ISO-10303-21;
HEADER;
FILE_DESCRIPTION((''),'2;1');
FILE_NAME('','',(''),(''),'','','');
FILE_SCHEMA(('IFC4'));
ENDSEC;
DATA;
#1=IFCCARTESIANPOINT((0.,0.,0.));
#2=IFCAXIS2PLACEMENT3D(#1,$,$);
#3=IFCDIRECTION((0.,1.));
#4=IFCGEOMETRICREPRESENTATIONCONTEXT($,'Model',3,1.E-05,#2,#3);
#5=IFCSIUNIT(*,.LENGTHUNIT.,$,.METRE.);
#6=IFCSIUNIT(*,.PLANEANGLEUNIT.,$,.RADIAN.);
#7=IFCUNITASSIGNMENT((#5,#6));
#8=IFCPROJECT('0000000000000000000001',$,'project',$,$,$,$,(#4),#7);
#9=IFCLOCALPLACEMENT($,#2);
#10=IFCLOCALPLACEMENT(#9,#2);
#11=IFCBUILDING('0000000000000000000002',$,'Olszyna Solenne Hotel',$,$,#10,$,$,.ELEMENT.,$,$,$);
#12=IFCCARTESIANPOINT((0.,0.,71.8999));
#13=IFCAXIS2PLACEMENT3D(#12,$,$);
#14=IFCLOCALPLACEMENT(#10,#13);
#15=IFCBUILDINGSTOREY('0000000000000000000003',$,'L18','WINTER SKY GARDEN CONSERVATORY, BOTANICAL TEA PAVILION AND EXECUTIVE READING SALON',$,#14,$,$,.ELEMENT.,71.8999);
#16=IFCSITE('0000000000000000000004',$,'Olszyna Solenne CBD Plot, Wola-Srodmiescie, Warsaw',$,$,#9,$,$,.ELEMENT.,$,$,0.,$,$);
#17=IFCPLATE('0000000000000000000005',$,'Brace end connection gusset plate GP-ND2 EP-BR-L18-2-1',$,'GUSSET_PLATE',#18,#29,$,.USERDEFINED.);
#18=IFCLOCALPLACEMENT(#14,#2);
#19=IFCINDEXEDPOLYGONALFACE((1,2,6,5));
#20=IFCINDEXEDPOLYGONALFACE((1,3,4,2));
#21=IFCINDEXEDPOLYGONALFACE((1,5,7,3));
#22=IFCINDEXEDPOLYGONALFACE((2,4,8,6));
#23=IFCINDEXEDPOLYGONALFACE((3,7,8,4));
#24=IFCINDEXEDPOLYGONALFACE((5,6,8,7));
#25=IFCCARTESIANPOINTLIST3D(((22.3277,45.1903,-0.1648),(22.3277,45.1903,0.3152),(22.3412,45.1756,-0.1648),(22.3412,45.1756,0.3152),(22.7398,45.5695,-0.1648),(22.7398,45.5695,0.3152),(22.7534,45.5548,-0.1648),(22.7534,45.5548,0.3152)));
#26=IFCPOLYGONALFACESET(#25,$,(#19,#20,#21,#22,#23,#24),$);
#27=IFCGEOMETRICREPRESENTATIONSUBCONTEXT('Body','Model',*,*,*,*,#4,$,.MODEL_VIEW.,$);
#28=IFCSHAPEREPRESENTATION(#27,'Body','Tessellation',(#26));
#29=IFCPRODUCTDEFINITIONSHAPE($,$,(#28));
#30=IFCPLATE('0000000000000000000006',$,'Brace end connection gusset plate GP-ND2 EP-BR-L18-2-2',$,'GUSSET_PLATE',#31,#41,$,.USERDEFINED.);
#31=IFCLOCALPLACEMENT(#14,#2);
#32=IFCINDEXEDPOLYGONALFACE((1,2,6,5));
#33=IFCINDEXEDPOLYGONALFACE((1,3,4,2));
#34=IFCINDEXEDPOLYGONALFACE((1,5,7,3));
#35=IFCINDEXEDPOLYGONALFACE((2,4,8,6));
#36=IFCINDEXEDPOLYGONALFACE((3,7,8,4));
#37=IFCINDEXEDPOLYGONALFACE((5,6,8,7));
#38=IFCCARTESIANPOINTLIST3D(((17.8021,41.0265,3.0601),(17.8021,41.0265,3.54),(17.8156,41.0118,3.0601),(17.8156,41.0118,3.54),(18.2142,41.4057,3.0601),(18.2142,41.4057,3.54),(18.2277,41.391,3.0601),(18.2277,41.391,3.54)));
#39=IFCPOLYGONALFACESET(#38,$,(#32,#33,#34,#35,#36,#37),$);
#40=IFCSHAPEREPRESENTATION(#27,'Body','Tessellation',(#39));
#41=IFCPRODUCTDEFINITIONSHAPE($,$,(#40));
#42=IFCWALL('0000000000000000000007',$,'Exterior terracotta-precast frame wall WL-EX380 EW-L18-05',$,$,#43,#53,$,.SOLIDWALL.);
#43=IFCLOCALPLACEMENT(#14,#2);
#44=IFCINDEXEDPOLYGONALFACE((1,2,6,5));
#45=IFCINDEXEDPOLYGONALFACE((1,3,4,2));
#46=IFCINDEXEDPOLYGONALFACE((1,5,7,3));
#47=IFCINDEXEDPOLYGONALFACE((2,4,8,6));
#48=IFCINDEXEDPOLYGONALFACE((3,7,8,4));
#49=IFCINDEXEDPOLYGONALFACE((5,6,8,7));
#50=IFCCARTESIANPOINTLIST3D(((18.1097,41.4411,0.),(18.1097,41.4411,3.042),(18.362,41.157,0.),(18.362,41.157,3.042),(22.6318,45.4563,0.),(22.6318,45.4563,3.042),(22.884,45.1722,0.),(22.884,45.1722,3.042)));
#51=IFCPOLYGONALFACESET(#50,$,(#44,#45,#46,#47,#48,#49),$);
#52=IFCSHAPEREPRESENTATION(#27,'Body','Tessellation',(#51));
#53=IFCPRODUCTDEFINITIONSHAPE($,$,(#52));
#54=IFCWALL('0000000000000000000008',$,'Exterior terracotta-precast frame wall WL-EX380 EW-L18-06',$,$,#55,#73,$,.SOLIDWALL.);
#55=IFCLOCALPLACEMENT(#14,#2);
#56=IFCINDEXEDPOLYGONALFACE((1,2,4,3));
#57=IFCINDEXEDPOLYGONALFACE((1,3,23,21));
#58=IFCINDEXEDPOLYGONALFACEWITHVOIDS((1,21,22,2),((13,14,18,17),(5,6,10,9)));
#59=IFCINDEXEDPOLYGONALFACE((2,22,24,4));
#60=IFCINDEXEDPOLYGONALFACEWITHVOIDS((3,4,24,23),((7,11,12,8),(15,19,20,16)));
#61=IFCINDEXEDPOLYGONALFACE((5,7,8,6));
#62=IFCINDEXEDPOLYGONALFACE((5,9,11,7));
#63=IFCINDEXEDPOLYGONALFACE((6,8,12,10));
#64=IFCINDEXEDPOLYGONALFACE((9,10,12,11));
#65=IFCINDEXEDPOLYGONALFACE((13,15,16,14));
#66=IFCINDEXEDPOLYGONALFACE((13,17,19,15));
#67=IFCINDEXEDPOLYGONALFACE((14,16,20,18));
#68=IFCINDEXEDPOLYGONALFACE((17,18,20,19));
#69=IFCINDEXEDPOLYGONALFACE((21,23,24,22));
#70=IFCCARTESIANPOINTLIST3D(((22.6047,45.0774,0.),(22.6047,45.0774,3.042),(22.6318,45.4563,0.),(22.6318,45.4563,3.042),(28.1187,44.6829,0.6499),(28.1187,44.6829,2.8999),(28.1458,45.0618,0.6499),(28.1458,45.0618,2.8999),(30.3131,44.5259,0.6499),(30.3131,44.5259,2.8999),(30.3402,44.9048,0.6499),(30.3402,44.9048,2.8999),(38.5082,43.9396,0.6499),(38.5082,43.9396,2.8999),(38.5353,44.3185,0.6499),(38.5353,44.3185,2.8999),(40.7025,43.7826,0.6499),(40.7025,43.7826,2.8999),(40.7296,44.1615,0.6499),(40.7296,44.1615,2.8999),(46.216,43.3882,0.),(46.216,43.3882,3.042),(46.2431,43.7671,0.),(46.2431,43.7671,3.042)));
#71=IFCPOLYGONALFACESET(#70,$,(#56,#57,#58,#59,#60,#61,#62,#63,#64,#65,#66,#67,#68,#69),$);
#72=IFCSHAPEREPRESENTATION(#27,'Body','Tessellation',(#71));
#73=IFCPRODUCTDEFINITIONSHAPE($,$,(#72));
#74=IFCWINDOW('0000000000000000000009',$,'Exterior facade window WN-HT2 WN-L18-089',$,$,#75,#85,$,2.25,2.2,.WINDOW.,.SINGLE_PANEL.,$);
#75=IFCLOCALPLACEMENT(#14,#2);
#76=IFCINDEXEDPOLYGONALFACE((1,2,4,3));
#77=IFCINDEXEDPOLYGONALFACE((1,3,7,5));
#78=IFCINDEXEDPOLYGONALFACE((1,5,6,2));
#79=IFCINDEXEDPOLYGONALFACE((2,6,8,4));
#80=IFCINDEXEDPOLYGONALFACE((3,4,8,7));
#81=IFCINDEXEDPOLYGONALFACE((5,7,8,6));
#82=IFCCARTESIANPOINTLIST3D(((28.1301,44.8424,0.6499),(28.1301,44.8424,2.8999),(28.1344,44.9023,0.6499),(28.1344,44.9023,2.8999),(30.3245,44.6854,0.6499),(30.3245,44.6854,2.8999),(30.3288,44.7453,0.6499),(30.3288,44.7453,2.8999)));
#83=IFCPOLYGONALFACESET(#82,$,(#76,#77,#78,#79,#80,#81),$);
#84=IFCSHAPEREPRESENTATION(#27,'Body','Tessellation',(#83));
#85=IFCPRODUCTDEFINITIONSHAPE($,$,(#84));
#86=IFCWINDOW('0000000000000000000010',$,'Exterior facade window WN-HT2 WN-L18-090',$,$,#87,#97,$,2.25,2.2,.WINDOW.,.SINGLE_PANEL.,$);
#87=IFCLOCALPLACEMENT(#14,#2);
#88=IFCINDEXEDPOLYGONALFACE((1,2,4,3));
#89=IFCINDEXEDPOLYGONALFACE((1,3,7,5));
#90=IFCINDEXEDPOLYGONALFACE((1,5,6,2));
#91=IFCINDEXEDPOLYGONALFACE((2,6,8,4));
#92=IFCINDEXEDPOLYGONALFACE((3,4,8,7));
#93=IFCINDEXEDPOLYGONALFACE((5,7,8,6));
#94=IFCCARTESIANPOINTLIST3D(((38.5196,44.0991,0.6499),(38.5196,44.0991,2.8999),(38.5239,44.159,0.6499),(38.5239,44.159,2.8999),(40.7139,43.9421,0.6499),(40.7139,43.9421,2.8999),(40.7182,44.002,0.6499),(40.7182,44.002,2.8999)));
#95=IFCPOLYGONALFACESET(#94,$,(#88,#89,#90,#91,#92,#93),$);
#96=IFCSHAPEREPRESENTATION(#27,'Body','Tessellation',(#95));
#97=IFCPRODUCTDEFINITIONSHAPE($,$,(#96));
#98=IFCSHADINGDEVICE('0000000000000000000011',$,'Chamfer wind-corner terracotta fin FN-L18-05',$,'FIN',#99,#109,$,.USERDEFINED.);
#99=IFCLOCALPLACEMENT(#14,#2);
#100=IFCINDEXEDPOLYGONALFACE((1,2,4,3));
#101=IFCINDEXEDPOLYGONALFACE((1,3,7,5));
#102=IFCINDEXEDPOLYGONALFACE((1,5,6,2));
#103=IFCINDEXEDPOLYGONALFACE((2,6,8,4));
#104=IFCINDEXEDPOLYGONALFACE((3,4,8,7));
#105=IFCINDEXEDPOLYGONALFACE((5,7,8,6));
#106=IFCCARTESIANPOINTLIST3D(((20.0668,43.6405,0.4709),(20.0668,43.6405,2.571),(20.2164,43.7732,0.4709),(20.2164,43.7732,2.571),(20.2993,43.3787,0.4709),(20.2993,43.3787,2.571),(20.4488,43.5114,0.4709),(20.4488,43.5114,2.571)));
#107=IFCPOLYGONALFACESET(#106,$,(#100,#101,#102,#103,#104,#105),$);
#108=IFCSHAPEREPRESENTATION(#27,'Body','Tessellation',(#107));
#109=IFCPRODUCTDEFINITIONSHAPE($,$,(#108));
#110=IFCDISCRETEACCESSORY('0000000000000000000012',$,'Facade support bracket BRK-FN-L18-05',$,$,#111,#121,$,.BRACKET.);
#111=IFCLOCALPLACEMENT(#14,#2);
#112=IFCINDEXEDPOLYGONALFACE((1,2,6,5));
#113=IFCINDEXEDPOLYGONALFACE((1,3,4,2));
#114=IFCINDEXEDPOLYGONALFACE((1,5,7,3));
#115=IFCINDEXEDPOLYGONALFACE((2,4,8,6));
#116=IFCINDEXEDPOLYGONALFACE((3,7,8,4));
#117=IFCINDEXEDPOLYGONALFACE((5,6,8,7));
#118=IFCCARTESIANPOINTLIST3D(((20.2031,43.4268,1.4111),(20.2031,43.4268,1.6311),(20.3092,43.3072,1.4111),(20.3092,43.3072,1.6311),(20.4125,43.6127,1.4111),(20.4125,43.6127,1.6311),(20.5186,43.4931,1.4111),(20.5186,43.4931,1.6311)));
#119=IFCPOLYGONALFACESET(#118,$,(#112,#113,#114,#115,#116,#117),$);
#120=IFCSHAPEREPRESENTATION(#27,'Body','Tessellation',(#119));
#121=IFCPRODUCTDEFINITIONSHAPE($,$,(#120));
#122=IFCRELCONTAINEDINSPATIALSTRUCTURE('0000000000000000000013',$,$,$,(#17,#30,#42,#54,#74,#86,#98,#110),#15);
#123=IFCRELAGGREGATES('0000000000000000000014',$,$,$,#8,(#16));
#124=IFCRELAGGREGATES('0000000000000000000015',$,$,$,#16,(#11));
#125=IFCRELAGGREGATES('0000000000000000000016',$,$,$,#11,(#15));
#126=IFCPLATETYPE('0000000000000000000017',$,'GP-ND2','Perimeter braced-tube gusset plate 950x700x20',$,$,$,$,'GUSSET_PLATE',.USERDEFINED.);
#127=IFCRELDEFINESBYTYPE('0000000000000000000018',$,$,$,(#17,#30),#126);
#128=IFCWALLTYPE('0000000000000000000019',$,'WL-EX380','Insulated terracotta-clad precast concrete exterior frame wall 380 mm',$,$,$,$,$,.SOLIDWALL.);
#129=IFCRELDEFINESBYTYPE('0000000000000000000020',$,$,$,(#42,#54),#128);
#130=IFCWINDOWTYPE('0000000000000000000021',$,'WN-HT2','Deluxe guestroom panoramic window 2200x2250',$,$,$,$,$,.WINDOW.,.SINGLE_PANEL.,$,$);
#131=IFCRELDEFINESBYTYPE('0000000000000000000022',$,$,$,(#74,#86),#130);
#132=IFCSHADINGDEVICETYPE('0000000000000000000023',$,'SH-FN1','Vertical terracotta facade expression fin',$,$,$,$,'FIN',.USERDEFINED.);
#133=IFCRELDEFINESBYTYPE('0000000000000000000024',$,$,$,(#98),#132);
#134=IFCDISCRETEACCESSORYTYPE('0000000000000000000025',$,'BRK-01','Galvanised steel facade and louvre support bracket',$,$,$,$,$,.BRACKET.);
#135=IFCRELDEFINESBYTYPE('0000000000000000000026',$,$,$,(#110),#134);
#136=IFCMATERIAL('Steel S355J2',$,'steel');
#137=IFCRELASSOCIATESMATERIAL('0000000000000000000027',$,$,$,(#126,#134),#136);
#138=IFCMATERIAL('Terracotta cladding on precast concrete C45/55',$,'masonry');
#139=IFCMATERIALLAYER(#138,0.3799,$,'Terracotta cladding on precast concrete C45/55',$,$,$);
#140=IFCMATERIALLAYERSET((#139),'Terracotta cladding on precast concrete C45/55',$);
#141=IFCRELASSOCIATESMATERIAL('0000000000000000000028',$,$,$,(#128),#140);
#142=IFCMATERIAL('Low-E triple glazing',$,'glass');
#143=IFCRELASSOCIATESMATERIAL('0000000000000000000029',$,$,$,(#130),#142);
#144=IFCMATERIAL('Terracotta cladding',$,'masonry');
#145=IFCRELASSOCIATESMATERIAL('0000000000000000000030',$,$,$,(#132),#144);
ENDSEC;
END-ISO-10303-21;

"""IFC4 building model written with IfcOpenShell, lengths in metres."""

from ifc_helpers import new_model, si_unit, direction, frame, frame_2d, origin, origin_2d, place, context, subcontext, project, spatial, rectangle, extrude, source, transform, mapped, material, layer, layer_set, type_object, type_shapes, element, fill, save


model = new_model("IFC4")

# Units and contexts
model_context = context("Model", 3, precision=1e-05, world=origin(), true_north=direction((0.0, 1.0)))
body_context = subcontext(model_context, "Body", "Model", "MODEL_VIEW")
ifc_project = project(units=[si_unit("LENGTHUNIT", "METRE"), si_unit("PLANEANGLEUNIT", "RADIAN")], contexts=[model_context])

# Site, building, storey
site_placement = place(None, origin())
site = spatial("IfcSite", under=ifc_project, at=site_placement, Name="Olszyna Solenne CBD Plot, Wola-Srodmiescie, Warsaw", CompositionType="ELEMENT", RefElevation=0.0)
building_placement = place(site_placement, origin())
building = spatial("IfcBuilding", under=site, at=building_placement, Name="Olszyna Solenne Hotel", CompositionType="ELEMENT")
storey_placement = place(building_placement, frame((0.0, 0.0, 71.8999)))
storey = spatial("IfcBuildingStorey", under=building, at=storey_placement, Name="L18", Description="WINTER SKY GARDEN CONSERVATORY, BOTANICAL TEA PAVILION AND EXECUTIVE READING SALON", CompositionType="ELEMENT", Elevation=71.8999)

# Shared definitions
ifc_material_1 = material(Name="Steel S355J2", Category="steel")

# Plates
plate_type = type_object("IfcPlateType", Name="GP-ND2", Description="Perimeter braced-tube gusset plate 950x700x20", ElementType="GUSSET_PLATE", PredefinedType="USERDEFINED", material=ifc_material_1)
shared_shape_1 = source(origin(), body_context, "Body", "SweptSolid", [
    extrude(rectangle(XDim=0.5601, YDim=0.02, at=origin_2d()), origin(), (0.0, 0.0, 1.0), 0.48),
])
for number, where, z_axis, x_axis, name in (
    (1, (22.5405, 45.3726, -0.1648), (0.0, 0.0, 1.0), (-0.735861, -0.677133, 0.0), "Brace end connection gusset plate GP-ND2 EP-BR-L18-2-1"),
    (2, (18.0149, 41.2087, 3.0601), (0.0, 0.0, 1.0), (-0.735861, -0.677133, 0.0), "Brace end connection gusset plate GP-ND2 EP-BR-L18-2-2"),
):
    element("IfcPlate", number, at=place(storey_placement, frame(where, z_axis=z_axis, x_axis=x_axis)), inside=storey, type_object=plate_type, Name=name, ObjectType="GUSSET_PLATE", PredefinedType="USERDEFINED", context=body_context, shape_type="MappedRepresentation", body=[
        mapped(shared_shape_1, transform((0.0, 0.0, 0.0), x_axis=(1.0, 0.0, 0.0), y_axis=(0.0, 1.0, 0.0), z_axis=(0.0, 0.0, 1.0), scale=1.0)),
    ])

# Wall
ifc_material_2 = material(Name="Terracotta cladding on precast concrete C45/55", Category="masonry")
ifc_layer = layer(ifc_material_2, 0.3799, Name="Terracotta cladding on precast concrete C45/55")
ifc_layer_set = layer_set([ifc_layer], Name="Terracotta cladding on precast concrete C45/55")
wall_type = type_object("IfcWallType", Name="WL-EX380", Description="Insulated terracotta-clad precast concrete exterior frame wall 380 mm", PredefinedType="SOLIDWALL", material=ifc_layer_set)
wall_1_placement = place(storey_placement, frame((18.2358, 41.2991, 0.0), z_axis=(0.0, 0.0, 1.0), x_axis=(0.74777, 0.663958, 0.0)))
element("IfcWall", 3, at=wall_1_placement, inside=storey, type_object=wall_type, Name="Exterior terracotta-precast frame wall WL-EX380 EW-L18-05", PredefinedType="SOLIDWALL", context=body_context, shape_type="SweptSolid", body=[
    extrude(rectangle(XDim=6.0474, YDim=0.3799, at=frame_2d((3.0237, 0.0))), origin(), (0.0, 0.0, 1.0), 3.042),
])

# Wall, openings, windows
wall_2_placement = place(storey_placement, frame((22.6182, 45.2668, 0.0), z_axis=(0.0, 0.0, 1.0), x_axis=(0.997451, -0.07136, 0.0)))
wall_2 = element("IfcWall", 4, at=wall_2_placement, inside=storey, type_object=wall_type, Name="Exterior terracotta-precast frame wall WL-EX380 EW-L18-06", PredefinedType="SOLIDWALL", context=body_context, shape_type="SweptSolid", body=[
    extrude(rectangle(XDim=23.6716, YDim=0.3799, at=frame_2d((11.8359, 0.0))), origin(), (0.0, 0.0, 1.0), 3.042),
])
opening_1_placement = place(wall_2_placement, frame((5.5281, 0.0, 0.6499)))
opening_1 = element("IfcOpeningElement", 5, at=opening_1_placement, cuts=wall_2, PredefinedType="OPENING", context=body_context, shape_type="SweptSolid", body=[
    extrude(rectangle(XDim=2.2, YDim=2.25, at=frame_2d((1.1001, 1.125))), frame((0.0, 0.2, 0.0), z_axis=(0.0, -1.0, 0.0), x_axis=(1.0, 0.0, 0.0)), (0.0, 0.0, 1.0), 0.3999),
])
opening_2_placement = place(wall_2_placement, frame((15.9441, 0.0, 0.6499)))
opening_2 = element("IfcOpeningElement", 6, at=opening_2_placement, cuts=wall_2, PredefinedType="OPENING", context=body_context, shape_type="SweptSolid", body=[
    extrude(rectangle(XDim=2.2, YDim=2.25, at=frame_2d((1.1001, 1.125))), frame((0.0, 0.2, 0.0), z_axis=(0.0, -1.0, 0.0), x_axis=(1.0, 0.0, 0.0)), (0.0, 0.0, 1.0), 0.3999),
])
ifc_material_3 = material(Name="Low-E triple glazing", Category="glass")
window_type = type_object("IfcWindowType", Name="WN-HT2", Description="Deluxe guestroom panoramic window 2200x2250", PartitioningType="SINGLE_PANEL", PredefinedType="WINDOW", material=ifc_material_3)
shared_shape_2 = source(origin(), body_context, "Body", "SweptSolid", [
    extrude(rectangle(XDim=2.2, YDim=2.25, at=frame_2d((1.1001, 1.125))), frame((0.0, 0.03, 0.0), z_axis=(0.0, -1.0, 0.0), x_axis=(1.0, 0.0, 0.0)), (0.0, 0.0, 1.0), 0.0601),
])
type_shapes(window_type, [shared_shape_2])
window_1_placement = place(opening_1_placement, origin())
window_1 = element("IfcWindow", 7, at=window_1_placement, inside=storey, type_object=window_type, Name="Exterior facade window WN-HT2 WN-L18-089", OverallHeight=2.25, OverallWidth=2.2, PartitioningType="SINGLE_PANEL", PredefinedType="WINDOW", context=body_context, shape_type="MappedRepresentation", body=[
    mapped(shared_shape_2, transform((0.0, 0.0, 0.0), x_axis=(1.0, 0.0, 0.0), y_axis=(0.0, 1.0, 0.0), z_axis=(0.0, 0.0, 1.0), scale=1.0)),
])
fill(opening_1, window_1)
window_2_placement = place(opening_2_placement, origin())
window_2 = element("IfcWindow", 8, at=window_2_placement, inside=storey, type_object=window_type, Name="Exterior facade window WN-HT2 WN-L18-090", OverallHeight=2.25, OverallWidth=2.2, PartitioningType="SINGLE_PANEL", PredefinedType="WINDOW", context=body_context, shape_type="MappedRepresentation", body=[
    mapped(shared_shape_2, transform((0.0, 0.0, 0.0), x_axis=(1.0, 0.0, 0.0), y_axis=(0.0, 1.0, 0.0), z_axis=(0.0, 0.0, 1.0), scale=1.0)),
])
fill(opening_2, window_2)

# Shading device
ifc_material_4 = material(Name="Terracotta cladding", Category="masonry")
shading_device_type = type_object("IfcShadingDeviceType", Name="SH-FN1", Description="Vertical terracotta facade expression fin", ElementType="FIN", PredefinedType="USERDEFINED", material=ifc_material_4)
shared_shape_3 = source(origin(), body_context, "Body", "SweptSolid", [
    extrude(rectangle(XDim=0.2, YDim=0.3501, at=origin_2d()), origin(), (0.0, 0.0, 1.0), 2.1001),
])
shading_device_placement = place(storey_placement, frame((20.2578, 43.5759, 0.4709), z_axis=(0.0, 0.0, 1.0), x_axis=(0.747798, 0.663926, 0.0)))
element("IfcShadingDevice", 9, at=shading_device_placement, inside=storey, type_object=shading_device_type, Name="Chamfer wind-corner terracotta fin FN-L18-05", ObjectType="FIN", PredefinedType="USERDEFINED", context=body_context, shape_type="MappedRepresentation", body=[
    mapped(shared_shape_3, transform((0.0, 0.0, 0.0), x_axis=(1.0, 0.0, 0.0), y_axis=(0.0, 1.0, 0.0), z_axis=(0.0, 0.0, 1.0), scale=1.0)),
])

# Discrete accessory
discrete_accessory_type = type_object("IfcDiscreteAccessoryType", Name="BRK-01", Description="Galvanised steel facade and louvre support bracket", PredefinedType="BRACKET", material=ifc_material_1)
shared_shape_4 = source(origin(), body_context, "Body", "SweptSolid", [
    extrude(rectangle(XDim=0.28, YDim=0.1599, at=origin_2d()), origin(), (0.0, 0.0, 1.0), 0.22),
])
discrete_accessory_placement = place(storey_placement, frame((20.3608, 43.46, 1.4111), z_axis=(0.0, 0.0, 1.0), x_axis=(0.747798, 0.663926, 0.0)))
element("IfcDiscreteAccessory", 10, at=discrete_accessory_placement, inside=storey, type_object=discrete_accessory_type, Name="Facade support bracket BRK-FN-L18-05", PredefinedType="BRACKET", context=body_context, shape_type="MappedRepresentation", body=[
    mapped(shared_shape_4, transform((0.0, 0.0, 0.0), x_axis=(1.0, 0.0, 0.0), y_axis=(0.0, 1.0, 0.0), z_axis=(0.0, 0.0, 1.0), scale=1.0)),
])

save(model, "model.ifc")
